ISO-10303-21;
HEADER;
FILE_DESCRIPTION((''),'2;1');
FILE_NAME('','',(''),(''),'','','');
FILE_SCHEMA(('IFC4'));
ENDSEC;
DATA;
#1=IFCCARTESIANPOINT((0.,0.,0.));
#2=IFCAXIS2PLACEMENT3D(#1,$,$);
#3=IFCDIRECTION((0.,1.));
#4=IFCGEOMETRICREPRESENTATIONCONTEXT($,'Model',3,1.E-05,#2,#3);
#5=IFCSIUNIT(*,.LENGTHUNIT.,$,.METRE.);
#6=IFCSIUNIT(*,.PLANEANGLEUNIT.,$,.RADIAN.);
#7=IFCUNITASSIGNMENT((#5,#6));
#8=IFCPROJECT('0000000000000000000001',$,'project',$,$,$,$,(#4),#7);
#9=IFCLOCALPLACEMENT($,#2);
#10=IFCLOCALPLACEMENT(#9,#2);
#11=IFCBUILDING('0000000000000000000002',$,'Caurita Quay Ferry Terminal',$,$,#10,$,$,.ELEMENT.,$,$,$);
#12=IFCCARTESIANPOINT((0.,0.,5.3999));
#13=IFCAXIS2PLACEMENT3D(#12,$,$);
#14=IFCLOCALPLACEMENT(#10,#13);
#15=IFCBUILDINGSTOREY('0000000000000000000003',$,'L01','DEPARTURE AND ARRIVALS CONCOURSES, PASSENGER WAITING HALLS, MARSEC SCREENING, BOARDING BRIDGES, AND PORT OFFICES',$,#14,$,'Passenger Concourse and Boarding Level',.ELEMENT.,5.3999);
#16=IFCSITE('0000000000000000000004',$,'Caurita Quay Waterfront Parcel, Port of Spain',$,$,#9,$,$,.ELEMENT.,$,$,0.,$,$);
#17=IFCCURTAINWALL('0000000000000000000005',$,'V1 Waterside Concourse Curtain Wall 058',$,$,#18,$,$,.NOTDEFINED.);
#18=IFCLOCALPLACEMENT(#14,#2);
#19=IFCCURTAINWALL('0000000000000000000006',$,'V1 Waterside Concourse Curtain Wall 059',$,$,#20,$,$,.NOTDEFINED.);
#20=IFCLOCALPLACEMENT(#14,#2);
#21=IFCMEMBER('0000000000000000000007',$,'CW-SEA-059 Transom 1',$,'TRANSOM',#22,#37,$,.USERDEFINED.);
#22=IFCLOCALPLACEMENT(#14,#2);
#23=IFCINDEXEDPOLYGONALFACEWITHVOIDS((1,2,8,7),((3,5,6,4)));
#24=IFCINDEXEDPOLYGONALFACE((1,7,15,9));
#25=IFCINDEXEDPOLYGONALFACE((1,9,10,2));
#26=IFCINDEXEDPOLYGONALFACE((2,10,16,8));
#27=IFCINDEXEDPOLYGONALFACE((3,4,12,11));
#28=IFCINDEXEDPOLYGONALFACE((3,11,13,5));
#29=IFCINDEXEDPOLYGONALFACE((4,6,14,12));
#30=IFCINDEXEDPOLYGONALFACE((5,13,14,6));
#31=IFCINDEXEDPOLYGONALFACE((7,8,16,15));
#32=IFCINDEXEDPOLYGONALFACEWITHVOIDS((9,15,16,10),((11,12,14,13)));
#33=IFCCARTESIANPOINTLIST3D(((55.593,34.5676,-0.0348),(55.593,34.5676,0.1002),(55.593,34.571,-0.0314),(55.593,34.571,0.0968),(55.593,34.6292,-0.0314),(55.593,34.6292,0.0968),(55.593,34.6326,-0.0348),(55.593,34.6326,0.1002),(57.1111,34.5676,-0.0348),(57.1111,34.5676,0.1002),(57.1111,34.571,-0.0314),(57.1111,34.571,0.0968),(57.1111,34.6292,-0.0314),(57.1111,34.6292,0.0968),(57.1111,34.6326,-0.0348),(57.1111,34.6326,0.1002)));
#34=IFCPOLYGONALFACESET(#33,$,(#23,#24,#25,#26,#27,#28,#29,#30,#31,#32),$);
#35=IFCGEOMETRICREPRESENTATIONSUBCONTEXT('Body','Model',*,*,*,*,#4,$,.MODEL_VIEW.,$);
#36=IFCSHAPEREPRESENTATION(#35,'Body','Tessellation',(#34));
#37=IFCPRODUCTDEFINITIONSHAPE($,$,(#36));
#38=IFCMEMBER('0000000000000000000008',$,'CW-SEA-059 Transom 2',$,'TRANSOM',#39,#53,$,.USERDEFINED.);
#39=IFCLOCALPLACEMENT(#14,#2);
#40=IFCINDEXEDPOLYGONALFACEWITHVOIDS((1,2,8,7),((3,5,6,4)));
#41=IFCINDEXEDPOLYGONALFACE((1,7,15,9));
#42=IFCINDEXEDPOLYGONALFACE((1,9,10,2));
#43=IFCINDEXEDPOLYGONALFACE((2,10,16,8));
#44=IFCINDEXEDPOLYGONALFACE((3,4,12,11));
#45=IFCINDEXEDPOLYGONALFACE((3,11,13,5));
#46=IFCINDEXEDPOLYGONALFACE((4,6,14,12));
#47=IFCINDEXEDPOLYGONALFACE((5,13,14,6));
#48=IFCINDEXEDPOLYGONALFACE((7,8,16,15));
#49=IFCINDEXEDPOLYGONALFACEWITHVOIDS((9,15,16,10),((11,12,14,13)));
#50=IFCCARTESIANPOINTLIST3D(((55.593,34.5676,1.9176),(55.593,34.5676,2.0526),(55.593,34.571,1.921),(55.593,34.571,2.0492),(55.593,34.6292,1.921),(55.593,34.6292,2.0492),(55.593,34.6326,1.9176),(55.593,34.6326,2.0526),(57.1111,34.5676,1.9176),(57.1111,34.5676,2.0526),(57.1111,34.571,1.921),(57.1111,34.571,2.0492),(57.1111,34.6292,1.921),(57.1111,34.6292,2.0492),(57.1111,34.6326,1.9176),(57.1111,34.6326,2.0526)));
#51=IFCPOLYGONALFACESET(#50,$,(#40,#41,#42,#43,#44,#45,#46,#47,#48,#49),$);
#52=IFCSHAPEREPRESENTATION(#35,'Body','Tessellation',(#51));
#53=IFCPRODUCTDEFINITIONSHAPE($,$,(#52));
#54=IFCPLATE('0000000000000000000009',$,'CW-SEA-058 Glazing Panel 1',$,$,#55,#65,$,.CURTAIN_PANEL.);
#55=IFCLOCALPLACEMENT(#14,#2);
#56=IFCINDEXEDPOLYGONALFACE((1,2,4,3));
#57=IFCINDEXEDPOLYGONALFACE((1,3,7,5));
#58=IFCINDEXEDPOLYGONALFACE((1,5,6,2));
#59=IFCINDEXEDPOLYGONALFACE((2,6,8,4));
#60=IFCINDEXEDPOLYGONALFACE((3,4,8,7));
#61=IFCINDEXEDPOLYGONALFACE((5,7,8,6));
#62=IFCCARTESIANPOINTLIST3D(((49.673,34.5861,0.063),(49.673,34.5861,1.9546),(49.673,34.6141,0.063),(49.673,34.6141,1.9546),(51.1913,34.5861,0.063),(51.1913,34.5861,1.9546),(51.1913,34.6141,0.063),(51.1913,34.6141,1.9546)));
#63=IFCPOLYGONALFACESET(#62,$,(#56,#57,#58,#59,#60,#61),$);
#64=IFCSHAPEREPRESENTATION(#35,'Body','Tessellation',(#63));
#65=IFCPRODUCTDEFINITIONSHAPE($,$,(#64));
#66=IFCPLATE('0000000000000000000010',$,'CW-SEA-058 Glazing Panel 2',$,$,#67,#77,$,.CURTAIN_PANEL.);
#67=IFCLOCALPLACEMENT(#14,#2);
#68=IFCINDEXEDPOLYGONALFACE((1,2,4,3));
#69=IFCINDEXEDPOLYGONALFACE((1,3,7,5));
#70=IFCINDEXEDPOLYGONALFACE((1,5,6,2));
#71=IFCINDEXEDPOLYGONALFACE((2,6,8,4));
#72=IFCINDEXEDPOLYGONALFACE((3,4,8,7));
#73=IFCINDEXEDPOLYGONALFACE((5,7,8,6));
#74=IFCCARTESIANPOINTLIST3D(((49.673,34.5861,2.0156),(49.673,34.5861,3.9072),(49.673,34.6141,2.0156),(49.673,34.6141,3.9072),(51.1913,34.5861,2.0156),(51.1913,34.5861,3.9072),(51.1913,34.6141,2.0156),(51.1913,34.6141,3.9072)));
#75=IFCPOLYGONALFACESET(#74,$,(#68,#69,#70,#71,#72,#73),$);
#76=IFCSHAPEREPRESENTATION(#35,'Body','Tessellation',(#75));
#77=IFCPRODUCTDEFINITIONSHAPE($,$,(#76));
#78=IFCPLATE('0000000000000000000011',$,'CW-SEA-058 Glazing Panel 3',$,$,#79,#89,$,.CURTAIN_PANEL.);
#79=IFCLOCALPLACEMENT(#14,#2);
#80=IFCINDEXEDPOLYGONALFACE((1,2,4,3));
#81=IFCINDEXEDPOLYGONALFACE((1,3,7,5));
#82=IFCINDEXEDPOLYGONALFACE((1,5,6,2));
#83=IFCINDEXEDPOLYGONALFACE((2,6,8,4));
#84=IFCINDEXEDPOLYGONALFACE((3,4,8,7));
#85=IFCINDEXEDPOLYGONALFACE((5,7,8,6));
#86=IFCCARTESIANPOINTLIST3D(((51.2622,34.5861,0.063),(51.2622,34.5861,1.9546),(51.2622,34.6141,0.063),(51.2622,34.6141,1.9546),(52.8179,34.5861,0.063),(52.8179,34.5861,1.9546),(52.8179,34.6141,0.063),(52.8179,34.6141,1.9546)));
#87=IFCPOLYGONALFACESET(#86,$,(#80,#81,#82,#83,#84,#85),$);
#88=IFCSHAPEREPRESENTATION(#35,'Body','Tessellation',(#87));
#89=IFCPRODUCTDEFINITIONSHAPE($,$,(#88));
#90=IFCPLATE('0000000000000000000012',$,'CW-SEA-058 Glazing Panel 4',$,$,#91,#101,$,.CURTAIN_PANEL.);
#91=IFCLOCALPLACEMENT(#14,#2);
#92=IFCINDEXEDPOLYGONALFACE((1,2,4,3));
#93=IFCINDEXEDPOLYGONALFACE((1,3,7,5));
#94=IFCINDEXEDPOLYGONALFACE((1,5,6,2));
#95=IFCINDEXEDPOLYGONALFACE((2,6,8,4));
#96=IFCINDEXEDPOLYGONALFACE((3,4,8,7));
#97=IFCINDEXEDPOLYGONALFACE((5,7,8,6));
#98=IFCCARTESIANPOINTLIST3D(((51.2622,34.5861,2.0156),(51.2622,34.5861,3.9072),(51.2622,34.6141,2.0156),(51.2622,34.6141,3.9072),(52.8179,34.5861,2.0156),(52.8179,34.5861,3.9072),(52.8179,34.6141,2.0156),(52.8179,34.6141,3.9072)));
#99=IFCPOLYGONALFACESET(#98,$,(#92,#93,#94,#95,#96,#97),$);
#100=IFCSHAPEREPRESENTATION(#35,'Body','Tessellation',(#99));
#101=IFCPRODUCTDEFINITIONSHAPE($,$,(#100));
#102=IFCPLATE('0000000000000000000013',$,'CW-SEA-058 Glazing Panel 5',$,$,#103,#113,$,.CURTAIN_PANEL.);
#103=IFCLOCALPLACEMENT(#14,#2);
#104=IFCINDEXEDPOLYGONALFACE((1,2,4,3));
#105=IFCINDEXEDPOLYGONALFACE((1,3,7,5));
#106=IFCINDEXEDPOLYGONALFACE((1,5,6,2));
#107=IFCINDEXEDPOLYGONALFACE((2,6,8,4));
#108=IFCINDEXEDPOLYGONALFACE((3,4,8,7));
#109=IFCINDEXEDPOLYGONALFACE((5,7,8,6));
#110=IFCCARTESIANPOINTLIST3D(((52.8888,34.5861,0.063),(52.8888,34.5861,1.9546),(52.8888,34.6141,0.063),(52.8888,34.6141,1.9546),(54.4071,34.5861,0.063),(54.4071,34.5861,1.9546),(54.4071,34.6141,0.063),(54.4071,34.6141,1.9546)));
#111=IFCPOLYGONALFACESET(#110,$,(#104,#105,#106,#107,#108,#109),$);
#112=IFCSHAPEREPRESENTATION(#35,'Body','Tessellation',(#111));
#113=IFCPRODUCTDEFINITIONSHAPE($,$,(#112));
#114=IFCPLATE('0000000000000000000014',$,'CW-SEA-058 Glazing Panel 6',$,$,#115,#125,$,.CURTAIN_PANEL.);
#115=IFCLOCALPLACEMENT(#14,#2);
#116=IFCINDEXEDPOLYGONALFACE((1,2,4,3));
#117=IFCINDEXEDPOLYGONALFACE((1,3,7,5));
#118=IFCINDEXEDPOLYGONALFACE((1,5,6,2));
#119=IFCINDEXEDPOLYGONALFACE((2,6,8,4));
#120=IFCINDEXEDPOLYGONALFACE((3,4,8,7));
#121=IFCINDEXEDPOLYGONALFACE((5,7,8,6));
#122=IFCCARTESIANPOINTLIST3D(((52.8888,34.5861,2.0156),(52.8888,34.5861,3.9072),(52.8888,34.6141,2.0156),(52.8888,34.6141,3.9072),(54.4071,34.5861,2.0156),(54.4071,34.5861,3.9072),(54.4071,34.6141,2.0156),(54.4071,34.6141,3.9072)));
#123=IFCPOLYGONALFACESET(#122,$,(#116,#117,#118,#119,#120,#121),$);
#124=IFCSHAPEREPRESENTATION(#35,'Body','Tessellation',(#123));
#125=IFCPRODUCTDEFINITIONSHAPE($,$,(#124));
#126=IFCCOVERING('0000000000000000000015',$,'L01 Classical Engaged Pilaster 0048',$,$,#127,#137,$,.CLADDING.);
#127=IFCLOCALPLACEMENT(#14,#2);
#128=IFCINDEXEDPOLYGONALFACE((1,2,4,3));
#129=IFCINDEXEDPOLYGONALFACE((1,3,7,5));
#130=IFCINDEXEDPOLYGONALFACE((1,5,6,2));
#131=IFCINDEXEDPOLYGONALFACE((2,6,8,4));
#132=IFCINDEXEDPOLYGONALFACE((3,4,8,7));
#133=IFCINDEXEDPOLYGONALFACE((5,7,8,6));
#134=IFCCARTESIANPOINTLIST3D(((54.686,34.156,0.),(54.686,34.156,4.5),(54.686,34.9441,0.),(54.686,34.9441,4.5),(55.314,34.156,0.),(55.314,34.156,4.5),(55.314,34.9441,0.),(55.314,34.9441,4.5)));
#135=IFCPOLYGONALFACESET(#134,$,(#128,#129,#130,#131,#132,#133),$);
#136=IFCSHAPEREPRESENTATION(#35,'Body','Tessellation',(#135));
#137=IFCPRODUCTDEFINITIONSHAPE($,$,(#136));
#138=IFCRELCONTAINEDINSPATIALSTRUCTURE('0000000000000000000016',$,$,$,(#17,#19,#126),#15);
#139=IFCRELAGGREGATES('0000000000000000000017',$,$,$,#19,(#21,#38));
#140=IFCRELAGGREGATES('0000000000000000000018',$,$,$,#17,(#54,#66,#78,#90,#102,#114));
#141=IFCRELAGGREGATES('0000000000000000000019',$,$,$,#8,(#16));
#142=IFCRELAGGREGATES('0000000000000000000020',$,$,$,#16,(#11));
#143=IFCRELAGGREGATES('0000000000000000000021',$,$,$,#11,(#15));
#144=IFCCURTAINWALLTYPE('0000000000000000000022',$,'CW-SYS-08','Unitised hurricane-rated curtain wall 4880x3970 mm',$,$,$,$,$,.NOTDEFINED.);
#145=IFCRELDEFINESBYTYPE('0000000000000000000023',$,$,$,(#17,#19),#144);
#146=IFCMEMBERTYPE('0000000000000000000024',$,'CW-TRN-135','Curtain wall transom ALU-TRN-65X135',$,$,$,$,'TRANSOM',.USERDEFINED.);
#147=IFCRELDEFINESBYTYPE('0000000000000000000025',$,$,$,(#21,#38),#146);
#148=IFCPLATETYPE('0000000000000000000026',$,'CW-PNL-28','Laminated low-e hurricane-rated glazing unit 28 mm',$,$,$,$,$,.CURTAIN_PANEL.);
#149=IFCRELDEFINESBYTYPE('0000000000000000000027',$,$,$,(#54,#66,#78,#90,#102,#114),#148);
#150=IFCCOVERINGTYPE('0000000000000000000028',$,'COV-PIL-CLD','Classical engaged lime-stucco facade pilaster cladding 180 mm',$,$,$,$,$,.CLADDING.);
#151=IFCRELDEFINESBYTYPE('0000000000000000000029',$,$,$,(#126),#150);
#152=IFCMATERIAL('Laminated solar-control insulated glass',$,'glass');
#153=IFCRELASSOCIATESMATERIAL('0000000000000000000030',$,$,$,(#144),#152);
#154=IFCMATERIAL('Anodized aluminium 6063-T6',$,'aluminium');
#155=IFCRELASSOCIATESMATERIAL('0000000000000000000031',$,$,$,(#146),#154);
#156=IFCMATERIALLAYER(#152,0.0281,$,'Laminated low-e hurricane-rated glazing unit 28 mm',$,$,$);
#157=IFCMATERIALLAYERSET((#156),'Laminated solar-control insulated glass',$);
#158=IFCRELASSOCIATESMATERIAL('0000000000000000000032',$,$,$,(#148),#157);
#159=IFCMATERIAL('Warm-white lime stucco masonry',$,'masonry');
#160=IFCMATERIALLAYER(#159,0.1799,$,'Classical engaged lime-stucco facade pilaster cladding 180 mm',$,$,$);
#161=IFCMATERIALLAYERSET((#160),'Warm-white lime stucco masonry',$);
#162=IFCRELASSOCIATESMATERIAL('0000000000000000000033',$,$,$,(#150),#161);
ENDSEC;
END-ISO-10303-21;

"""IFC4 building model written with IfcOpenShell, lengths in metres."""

from ifc_helpers import new_model, si_unit, direction, frame, origin, origin_2d, place, context, subcontext, project, spatial, rectangle, hollow_rectangle, extrude, material, layer, layer_set, material_profile, profile_set, type_object, element, aggregate, save


model = new_model("IFC4")

# Units and contexts
model_context = context("Model", 3, precision=1e-05, world=origin(), true_north=direction((0.0, 1.0)))
body_context = subcontext(model_context, "Body", "Model", "MODEL_VIEW")
ifc_project = project(units=[si_unit("LENGTHUNIT", "METRE"), si_unit("PLANEANGLEUNIT", "RADIAN")], contexts=[model_context])

# Site, building, storey
site_placement = place(None, origin())
site = spatial("IfcSite", under=ifc_project, at=site_placement, Name="Caurita Quay Waterfront Parcel, Port of Spain", CompositionType="ELEMENT", RefElevation=0.0)
building_placement = place(site_placement, origin())
building = spatial("IfcBuilding", under=site, at=building_placement, Name="Caurita Quay Ferry Terminal", CompositionType="ELEMENT")
storey_placement = place(building_placement, frame((0.0, 0.0, 5.3999)))
storey = spatial("IfcBuildingStorey", under=building, at=storey_placement, Name="L01", Description="DEPARTURE AND ARRIVALS CONCOURSES, PASSENGER WAITING HALLS, MARSEC SCREENING, BOARDING BRIDGES, AND PORT OFFICES", LongName="Passenger Concourse and Boarding Level", CompositionType="ELEMENT", Elevation=5.3999)

# Shared definitions
ifc_material_1 = material(Name="Laminated solar-control insulated glass", Category="glass")
curtain_wall_type = type_object("IfcCurtainWallType", Name="CW-SYS-08", Description="Unitised hurricane-rated curtain wall 4880x3970 mm", PredefinedType="NOTDEFINED", material=ifc_material_1)
ifc_material_2 = material(Name="Anodized aluminium 6063-T6", Category="aluminium")

# Curtain wall
curtain_wall_1_placement = place(storey_placement, origin())
curtain_wall_1 = element("IfcCurtainWall", 1, at=curtain_wall_1_placement, inside=storey, type_object=curtain_wall_type, Name="V1 Waterside Concourse Curtain Wall 058", PredefinedType="NOTDEFINED")

# Curtain wall
curtain_wall_2_placement = place(storey_placement, origin())
curtain_wall_2 = element("IfcCurtainWall", 2, at=curtain_wall_2_placement, inside=storey, type_object=curtain_wall_type, Name="V1 Waterside Concourse Curtain Wall 059", PredefinedType="NOTDEFINED")

# Members
ifc_material_profile_1 = material_profile(ifc_material_2, hollow_rectangle(XDim=0.0649, YDim=0.135, WallThickness=0.0034, at=origin_2d()), Name="ALU-TRN-65X135")
ifc_profile_set_1 = profile_set([ifc_material_profile_1], Name="Anodized aluminium 6063-T6")
member_type_1 = type_object("IfcMemberType", Name="CW-TRN-135", Description="Curtain wall transom ALU-TRN-65X135", ElementType="TRANSOM", PredefinedType="USERDEFINED", material=ifc_profile_set_1)
member_1_placement = place(storey_placement, frame((55.593, 34.6001, 0.0327), z_axis=(1.0, 0.0, 0.0), x_axis=(0.0, 1.0, 0.0)))
member_1 = element("IfcMember", 3, at=member_1_placement, type_object=member_type_1, Name="CW-SEA-059 Transom 1", ObjectType="TRANSOM", PredefinedType="USERDEFINED", context=body_context, shape_type="SweptSolid", body=[
    extrude(hollow_rectangle(XDim=0.0649, YDim=0.135, WallThickness=0.0034, at=origin_2d()), origin(), (0.0, 0.0, 1.0), 1.5181),
])
member_2_placement = place(storey_placement, frame((55.593, 34.6001, 1.9851), z_axis=(1.0, 0.0, 0.0), x_axis=(0.0, 1.0, 0.0)))
member_2 = element("IfcMember", 4, at=member_2_placement, type_object=member_type_1, Name="CW-SEA-059 Transom 2", ObjectType="TRANSOM", PredefinedType="USERDEFINED", context=body_context, shape_type="SweptSolid", body=[
    extrude(hollow_rectangle(XDim=0.0649, YDim=0.135, WallThickness=0.0034, at=origin_2d()), origin(), (0.0, 0.0, 1.0), 1.5181),
])
aggregate(curtain_wall_2, [member_1, member_2])

# Plates
ifc_layer_1 = layer(ifc_material_1, 0.0281, Name="Laminated low-e hurricane-rated glazing unit 28 mm")
ifc_layer_set_1 = layer_set([ifc_layer_1], Name="Laminated solar-control insulated glass")
plate_type = type_object("IfcPlateType", Name="CW-PNL-28", Description="Laminated low-e hurricane-rated glazing unit 28 mm", PredefinedType="CURTAIN_PANEL", material=ifc_layer_set_1)
plate_1_placement = place(storey_placement, frame((50.4321, 34.6001, 0.063), z_axis=(0.0, 0.0, 1.0), x_axis=(1.0, 0.0, 0.0)))
plate_1 = element("IfcPlate", 5, at=plate_1_placement, type_object=plate_type, Name="CW-SEA-058 Glazing Panel 1", PredefinedType="CURTAIN_PANEL", context=body_context, shape_type="SweptSolid", body=[
    extrude(rectangle(XDim=1.5183, YDim=0.0281, at=origin_2d()), origin(), (0.0, 0.0, 1.0), 1.8916),
])
plate_2_placement = place(storey_placement, frame((50.4321, 34.6001, 2.0156), z_axis=(0.0, 0.0, 1.0), x_axis=(1.0, 0.0, 0.0)))
plate_2 = element("IfcPlate", 6, at=plate_2_placement, type_object=plate_type, Name="CW-SEA-058 Glazing Panel 2", PredefinedType="CURTAIN_PANEL", context=body_context, shape_type="SweptSolid", body=[
    extrude(rectangle(XDim=1.5183, YDim=0.0281, at=origin_2d()), origin(), (0.0, 0.0, 1.0), 1.8916),
])
plate_3_placement = place(storey_placement, frame((52.04, 34.6001, 0.063), z_axis=(0.0, 0.0, 1.0), x_axis=(1.0, 0.0, 0.0)))
plate_3 = element("IfcPlate", 7, at=plate_3_placement, type_object=plate_type, Name="CW-SEA-058 Glazing Panel 3", PredefinedType="CURTAIN_PANEL", context=body_context, shape_type="SweptSolid", body=[
    extrude(rectangle(XDim=1.5557, YDim=0.0281, at=origin_2d()), origin(), (0.0, 0.0, 1.0), 1.8916),
])
plate_4_placement = place(storey_placement, frame((52.04, 34.6001, 2.0156), z_axis=(0.0, 0.0, 1.0), x_axis=(1.0, 0.0, 0.0)))
plate_4 = element("IfcPlate", 8, at=plate_4_placement, type_object=plate_type, Name="CW-SEA-058 Glazing Panel 4", PredefinedType="CURTAIN_PANEL", context=body_context, shape_type="SweptSolid", body=[
    extrude(rectangle(XDim=1.5557, YDim=0.0281, at=origin_2d()), origin(), (0.0, 0.0, 1.0), 1.8916),
])
plate_5_placement = place(storey_placement, frame((53.6479, 34.6001, 0.063), z_axis=(0.0, 0.0, 1.0), x_axis=(1.0, 0.0, 0.0)))
plate_5 = element("IfcPlate", 9, at=plate_5_placement, type_object=plate_type, Name="CW-SEA-058 Glazing Panel 5", PredefinedType="CURTAIN_PANEL", context=body_context, shape_type="SweptSolid", body=[
    extrude(rectangle(XDim=1.5183, YDim=0.0281, at=origin_2d()), origin(), (0.0, 0.0, 1.0), 1.8916),
])
plate_6_placement = place(storey_placement, frame((53.6479, 34.6001, 2.0156), z_axis=(0.0, 0.0, 1.0), x_axis=(1.0, 0.0, 0.0)))
plate_6 = element("IfcPlate", 10, at=plate_6_placement, type_object=plate_type, Name="CW-SEA-058 Glazing Panel 6", PredefinedType="CURTAIN_PANEL", context=body_context, shape_type="SweptSolid", body=[
    extrude(rectangle(XDim=1.5183, YDim=0.0281, at=origin_2d()), origin(), (0.0, 0.0, 1.0), 1.8916),
])
aggregate(curtain_wall_1, [plate_1, plate_2, plate_3, plate_4, plate_5, plate_6])

# Covering
ifc_material_3 = material(Name="Warm-white lime stucco masonry", Category="masonry")
ifc_layer_2 = layer(ifc_material_3, 0.1799, Name="Classical engaged lime-stucco facade pilaster cladding 180 mm")
ifc_layer_set_2 = layer_set([ifc_layer_2], Name="Warm-white lime stucco masonry")
covering_type = type_object("IfcCoveringType", Name="COV-PIL-CLD", Description="Classical engaged lime-stucco facade pilaster cladding 180 mm", PredefinedType="CLADDING", material=ifc_layer_set_2)
covering_placement = place(storey_placement, frame((55.0, 34.55, 0.0), z_axis=(0.0, 0.0, 1.0), x_axis=(1.0, 0.0, 0.0)))
element("IfcCovering", 11, at=covering_placement, inside=storey, type_object=covering_type, Name="L01 Classical Engaged Pilaster 0048", PredefinedType="CLADDING", context=body_context, shape_type="SweptSolid", body=[
    extrude(rectangle(XDim=0.6279, YDim=0.7881, at=origin_2d()), origin(), (0.0, 0.0, 1.0), 4.5),
])

save(model, "model.ifc")
